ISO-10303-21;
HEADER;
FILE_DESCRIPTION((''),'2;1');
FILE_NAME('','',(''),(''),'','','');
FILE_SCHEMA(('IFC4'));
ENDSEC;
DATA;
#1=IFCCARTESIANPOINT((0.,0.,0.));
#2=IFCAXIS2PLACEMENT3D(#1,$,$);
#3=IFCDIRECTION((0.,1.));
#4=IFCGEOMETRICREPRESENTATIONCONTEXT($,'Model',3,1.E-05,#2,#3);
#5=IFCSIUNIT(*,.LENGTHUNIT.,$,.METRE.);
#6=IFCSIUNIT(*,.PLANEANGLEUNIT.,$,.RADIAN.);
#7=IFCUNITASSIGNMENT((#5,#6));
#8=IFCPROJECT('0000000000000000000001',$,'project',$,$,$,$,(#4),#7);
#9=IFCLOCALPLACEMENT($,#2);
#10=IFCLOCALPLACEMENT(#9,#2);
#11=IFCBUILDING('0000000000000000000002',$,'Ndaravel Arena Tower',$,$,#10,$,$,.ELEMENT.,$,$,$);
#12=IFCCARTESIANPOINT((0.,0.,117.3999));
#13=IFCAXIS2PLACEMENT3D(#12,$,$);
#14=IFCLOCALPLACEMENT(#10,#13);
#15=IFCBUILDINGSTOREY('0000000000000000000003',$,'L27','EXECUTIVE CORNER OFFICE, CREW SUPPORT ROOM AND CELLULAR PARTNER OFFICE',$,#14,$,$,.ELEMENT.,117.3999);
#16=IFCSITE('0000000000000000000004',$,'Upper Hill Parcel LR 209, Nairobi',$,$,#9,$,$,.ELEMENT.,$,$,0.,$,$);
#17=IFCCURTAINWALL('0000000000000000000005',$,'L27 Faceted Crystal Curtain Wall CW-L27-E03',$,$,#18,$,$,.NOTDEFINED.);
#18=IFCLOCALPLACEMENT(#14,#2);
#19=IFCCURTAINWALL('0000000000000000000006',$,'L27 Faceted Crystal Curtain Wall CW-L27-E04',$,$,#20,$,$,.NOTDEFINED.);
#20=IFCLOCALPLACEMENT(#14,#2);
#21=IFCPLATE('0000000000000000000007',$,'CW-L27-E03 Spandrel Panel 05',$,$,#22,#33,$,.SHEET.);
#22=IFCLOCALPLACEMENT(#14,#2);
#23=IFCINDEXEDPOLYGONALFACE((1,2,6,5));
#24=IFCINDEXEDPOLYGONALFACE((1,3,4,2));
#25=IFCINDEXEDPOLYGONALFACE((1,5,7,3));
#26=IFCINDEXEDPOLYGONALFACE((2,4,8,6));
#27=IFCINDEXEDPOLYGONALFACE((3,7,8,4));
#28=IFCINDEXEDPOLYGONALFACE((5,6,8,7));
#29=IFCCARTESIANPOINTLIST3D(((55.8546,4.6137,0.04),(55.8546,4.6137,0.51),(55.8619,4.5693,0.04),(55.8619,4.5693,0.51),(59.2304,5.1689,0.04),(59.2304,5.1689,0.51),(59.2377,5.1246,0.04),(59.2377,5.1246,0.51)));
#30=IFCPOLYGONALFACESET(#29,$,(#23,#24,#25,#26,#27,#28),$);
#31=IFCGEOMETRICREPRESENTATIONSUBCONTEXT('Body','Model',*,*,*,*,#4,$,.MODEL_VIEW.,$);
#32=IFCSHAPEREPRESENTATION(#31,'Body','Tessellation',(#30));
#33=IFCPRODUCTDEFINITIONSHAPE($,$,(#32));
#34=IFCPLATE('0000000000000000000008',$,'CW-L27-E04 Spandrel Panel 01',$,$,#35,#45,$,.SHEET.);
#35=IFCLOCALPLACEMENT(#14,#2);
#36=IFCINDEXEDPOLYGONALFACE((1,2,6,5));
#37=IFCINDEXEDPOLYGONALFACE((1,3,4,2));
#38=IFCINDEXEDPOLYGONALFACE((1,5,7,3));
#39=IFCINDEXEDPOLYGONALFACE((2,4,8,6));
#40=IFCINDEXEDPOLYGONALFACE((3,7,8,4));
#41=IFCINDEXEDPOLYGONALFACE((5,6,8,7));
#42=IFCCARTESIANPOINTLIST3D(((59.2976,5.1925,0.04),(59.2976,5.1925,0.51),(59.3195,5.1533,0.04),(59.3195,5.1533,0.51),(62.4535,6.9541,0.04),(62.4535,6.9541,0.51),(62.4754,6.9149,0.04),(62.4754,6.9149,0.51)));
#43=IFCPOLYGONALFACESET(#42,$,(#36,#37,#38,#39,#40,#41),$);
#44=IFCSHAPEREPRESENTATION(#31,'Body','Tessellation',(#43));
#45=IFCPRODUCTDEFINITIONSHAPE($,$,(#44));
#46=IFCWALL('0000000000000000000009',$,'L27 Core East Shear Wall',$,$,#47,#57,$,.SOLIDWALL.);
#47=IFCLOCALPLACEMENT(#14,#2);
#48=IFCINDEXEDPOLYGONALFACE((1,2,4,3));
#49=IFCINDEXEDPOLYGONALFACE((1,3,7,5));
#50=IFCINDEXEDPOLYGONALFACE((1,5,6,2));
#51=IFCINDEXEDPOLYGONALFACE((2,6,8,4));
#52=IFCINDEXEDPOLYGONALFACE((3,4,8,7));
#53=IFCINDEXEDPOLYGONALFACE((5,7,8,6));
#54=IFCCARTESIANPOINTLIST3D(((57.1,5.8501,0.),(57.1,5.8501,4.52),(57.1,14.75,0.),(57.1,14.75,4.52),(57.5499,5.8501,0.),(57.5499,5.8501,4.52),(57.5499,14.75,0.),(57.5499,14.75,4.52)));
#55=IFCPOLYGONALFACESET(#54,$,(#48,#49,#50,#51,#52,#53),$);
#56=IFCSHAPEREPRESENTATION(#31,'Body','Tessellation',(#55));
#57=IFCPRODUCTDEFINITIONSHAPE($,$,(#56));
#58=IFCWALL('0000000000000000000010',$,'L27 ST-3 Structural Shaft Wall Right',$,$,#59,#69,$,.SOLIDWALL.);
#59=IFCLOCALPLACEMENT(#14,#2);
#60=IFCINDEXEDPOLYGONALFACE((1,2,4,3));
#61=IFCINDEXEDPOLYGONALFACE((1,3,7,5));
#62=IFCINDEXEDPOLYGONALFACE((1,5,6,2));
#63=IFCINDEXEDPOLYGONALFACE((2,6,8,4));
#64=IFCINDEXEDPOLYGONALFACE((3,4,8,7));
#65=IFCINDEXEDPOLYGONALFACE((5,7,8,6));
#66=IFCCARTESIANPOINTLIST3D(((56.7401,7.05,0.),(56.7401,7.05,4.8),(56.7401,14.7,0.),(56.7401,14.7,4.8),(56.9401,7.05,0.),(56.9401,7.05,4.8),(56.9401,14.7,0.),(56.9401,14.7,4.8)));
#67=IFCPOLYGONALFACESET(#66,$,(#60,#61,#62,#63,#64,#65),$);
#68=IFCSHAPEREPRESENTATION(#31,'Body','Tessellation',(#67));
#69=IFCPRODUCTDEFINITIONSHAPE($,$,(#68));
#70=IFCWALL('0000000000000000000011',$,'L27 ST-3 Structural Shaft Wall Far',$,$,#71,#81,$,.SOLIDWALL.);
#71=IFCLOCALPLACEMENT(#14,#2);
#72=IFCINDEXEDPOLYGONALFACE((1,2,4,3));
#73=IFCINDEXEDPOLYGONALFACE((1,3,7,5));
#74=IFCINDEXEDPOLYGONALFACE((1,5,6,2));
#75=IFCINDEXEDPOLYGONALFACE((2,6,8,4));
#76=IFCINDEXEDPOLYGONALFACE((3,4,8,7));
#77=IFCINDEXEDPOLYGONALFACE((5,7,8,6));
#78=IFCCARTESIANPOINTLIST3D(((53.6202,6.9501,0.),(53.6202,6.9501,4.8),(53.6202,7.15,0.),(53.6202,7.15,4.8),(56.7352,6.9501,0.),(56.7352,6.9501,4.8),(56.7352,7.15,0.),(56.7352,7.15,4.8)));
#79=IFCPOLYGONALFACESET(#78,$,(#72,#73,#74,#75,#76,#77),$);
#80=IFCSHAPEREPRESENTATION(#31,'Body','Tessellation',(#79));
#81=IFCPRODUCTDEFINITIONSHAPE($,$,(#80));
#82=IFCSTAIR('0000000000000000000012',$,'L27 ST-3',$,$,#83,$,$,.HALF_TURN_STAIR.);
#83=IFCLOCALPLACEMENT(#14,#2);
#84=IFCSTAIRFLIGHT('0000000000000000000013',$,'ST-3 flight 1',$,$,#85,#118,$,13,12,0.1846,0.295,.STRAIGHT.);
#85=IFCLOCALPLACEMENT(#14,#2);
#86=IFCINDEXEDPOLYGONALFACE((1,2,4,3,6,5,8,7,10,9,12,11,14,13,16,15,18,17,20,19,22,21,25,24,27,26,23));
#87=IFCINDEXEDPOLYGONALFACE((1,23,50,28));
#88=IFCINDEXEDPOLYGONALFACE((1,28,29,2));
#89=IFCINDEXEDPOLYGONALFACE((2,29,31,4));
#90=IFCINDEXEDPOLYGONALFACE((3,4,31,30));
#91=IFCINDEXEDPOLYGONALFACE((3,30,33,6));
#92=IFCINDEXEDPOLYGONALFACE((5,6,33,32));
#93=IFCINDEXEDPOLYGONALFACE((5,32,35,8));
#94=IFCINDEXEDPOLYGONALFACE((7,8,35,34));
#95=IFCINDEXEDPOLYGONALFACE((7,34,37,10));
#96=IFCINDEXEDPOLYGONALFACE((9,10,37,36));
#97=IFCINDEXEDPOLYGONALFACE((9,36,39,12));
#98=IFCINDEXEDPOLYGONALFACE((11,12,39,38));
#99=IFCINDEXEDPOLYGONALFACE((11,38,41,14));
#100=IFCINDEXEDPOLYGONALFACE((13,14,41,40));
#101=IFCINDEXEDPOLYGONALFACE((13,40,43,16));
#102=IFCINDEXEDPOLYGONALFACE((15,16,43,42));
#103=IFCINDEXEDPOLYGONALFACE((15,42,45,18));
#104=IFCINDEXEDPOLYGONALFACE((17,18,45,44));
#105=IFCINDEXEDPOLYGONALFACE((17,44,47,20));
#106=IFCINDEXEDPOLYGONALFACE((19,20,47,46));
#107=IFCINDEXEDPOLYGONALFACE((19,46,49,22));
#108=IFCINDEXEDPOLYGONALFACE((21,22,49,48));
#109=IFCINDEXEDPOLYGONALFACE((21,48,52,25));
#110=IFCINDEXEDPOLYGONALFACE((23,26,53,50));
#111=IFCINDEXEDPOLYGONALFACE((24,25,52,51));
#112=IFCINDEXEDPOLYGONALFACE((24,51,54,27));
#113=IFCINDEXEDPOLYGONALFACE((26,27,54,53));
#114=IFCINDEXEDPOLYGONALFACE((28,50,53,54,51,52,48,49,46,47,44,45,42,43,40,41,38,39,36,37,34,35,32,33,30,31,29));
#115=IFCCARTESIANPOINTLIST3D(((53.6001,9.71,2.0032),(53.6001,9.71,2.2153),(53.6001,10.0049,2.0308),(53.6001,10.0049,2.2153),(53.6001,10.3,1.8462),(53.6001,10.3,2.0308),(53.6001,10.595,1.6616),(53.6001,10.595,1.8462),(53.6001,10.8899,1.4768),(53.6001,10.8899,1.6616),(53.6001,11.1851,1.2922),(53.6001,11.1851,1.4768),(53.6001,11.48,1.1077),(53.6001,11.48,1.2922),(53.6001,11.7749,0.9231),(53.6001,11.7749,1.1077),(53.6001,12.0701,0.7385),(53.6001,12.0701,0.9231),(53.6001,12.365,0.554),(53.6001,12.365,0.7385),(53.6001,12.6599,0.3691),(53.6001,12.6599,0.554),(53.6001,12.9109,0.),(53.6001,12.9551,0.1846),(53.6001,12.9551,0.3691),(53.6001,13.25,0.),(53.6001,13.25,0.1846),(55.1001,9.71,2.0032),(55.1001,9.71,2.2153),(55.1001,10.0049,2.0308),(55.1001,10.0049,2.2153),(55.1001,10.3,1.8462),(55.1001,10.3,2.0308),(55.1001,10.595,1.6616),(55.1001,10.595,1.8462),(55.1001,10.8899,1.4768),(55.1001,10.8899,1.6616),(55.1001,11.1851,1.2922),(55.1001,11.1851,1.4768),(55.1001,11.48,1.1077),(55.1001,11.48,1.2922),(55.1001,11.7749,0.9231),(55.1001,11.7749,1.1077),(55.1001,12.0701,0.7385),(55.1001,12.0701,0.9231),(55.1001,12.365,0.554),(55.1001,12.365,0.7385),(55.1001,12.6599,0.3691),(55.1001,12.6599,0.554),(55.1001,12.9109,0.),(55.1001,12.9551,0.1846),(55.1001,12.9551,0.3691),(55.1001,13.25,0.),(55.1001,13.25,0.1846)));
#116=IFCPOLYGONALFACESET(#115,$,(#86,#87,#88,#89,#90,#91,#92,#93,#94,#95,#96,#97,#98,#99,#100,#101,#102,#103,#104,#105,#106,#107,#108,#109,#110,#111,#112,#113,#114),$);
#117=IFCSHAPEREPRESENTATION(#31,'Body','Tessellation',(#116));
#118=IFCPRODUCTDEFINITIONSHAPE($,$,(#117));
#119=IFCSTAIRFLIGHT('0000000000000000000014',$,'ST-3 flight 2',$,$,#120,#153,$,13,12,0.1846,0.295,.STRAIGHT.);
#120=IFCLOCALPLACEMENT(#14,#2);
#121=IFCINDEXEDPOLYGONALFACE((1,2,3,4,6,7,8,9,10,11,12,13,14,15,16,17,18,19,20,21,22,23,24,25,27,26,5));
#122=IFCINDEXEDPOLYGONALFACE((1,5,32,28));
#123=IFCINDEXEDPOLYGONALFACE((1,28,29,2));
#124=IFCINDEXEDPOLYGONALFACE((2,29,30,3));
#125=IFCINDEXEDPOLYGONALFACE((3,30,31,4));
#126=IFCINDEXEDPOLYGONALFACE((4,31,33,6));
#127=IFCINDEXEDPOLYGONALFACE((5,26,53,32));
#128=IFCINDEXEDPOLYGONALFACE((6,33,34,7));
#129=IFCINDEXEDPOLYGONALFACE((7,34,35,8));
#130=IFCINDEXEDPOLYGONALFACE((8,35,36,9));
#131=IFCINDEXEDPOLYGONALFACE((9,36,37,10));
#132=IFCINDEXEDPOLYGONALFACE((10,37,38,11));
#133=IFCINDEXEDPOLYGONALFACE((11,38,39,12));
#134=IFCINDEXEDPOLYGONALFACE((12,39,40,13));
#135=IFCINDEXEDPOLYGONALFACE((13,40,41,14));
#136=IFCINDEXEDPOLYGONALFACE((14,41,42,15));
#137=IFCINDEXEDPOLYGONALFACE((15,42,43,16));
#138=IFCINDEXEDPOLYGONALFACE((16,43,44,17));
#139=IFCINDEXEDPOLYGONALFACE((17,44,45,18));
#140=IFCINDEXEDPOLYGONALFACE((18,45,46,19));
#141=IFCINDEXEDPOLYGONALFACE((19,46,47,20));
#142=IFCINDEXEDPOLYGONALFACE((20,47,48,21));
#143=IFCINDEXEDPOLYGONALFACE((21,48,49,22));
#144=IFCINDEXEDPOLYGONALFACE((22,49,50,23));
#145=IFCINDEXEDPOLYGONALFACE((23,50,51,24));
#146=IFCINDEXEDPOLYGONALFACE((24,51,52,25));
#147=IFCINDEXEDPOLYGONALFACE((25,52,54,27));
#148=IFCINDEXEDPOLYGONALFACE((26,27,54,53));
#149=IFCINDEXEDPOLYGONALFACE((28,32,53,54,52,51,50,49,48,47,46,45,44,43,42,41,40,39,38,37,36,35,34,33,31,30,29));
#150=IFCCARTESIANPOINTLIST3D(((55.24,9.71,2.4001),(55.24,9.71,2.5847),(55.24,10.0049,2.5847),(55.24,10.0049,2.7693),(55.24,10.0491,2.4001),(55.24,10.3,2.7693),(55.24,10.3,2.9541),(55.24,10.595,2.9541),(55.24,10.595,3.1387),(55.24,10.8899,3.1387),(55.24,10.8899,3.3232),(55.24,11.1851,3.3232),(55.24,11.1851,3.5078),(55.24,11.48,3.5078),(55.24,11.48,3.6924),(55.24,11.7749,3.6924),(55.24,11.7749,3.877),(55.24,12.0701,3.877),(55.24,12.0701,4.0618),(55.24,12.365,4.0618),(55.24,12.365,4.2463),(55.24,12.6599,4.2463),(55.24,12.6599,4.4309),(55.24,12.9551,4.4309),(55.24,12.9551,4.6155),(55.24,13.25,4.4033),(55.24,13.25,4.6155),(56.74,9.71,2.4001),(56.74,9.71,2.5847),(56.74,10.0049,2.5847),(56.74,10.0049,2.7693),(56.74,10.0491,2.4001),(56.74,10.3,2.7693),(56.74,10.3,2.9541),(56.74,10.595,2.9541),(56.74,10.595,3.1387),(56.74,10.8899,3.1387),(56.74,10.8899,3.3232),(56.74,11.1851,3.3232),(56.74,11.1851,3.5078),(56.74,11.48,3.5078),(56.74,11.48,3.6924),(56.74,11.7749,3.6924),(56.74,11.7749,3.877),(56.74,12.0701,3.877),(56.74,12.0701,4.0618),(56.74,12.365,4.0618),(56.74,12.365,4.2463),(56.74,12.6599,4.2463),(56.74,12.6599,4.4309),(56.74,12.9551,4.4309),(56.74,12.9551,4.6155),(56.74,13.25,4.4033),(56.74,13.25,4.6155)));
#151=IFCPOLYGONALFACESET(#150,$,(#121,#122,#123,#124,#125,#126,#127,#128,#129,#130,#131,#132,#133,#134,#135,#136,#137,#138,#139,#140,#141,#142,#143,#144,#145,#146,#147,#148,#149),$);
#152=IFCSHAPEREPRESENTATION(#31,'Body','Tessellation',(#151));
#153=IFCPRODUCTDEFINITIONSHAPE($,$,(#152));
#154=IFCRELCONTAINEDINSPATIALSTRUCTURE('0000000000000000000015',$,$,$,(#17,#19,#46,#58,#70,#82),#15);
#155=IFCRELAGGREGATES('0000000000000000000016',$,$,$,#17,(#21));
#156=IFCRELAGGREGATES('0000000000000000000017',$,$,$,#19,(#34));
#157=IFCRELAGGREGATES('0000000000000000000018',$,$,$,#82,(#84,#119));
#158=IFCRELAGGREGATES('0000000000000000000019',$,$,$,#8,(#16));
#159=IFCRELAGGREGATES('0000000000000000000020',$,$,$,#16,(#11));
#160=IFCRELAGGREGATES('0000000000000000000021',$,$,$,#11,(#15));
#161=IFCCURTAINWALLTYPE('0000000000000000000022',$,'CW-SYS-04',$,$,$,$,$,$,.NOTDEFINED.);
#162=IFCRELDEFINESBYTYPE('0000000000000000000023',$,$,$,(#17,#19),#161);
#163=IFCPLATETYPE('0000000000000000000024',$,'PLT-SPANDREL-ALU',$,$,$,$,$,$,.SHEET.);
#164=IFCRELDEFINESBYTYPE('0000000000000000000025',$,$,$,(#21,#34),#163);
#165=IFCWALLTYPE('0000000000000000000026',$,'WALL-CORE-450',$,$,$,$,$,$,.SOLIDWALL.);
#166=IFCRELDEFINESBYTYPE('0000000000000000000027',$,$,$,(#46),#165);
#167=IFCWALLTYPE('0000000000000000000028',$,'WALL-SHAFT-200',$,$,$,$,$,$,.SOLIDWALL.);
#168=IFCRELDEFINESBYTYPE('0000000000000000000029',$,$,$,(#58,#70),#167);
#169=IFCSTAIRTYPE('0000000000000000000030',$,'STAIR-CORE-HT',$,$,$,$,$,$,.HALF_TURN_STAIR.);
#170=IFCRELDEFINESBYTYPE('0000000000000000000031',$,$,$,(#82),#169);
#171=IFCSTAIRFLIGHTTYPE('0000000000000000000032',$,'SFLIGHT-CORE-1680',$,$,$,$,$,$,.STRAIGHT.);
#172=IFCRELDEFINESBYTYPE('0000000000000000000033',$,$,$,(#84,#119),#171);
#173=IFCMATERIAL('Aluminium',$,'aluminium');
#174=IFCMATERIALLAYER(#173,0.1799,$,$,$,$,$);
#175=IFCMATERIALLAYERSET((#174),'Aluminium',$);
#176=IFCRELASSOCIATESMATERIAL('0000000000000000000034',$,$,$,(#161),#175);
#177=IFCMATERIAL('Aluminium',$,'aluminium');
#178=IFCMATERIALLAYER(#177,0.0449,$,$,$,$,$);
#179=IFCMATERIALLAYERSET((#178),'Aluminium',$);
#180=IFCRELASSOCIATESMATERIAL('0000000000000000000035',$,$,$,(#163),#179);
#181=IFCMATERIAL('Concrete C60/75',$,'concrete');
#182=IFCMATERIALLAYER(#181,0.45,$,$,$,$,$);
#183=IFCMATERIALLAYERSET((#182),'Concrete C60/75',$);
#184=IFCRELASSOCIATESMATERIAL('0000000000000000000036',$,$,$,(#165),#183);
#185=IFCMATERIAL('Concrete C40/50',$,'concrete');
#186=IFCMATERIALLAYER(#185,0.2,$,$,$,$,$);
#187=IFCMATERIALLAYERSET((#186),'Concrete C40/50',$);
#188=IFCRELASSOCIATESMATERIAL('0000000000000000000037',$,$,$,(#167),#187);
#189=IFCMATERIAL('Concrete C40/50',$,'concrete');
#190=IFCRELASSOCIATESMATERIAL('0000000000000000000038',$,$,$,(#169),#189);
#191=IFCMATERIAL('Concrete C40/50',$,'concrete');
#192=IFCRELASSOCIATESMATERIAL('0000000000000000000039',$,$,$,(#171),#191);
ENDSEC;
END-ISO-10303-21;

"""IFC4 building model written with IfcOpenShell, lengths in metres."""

from ifc_helpers import new_model, si_unit, direction, frame, frame_2d, origin, origin_2d, place, context, subcontext, project, spatial, polyline, rectangle, outline, extrude, material, layer, layer_set, type_object, element, aggregate, save


model = new_model("IFC4")

# Units and contexts
model_context = context("Model", 3, precision=1e-05, world=origin(), true_north=direction((0.0, 1.0)))
body_context = subcontext(model_context, "Body", "Model", "MODEL_VIEW")
ifc_project = project(units=[si_unit("LENGTHUNIT", "METRE"), si_unit("PLANEANGLEUNIT", "RADIAN")], contexts=[model_context])

# Site, building, storey
site_placement = place(None, origin())
site = spatial("IfcSite", under=ifc_project, at=site_placement, Name="Upper Hill Parcel LR 209, Nairobi", CompositionType="ELEMENT", RefElevation=0.0)
building_placement = place(site_placement, origin())
building = spatial("IfcBuilding", under=site, at=building_placement, Name="Ndaravel Arena Tower", CompositionType="ELEMENT")
storey_placement = place(building_placement, frame((0.0, 0.0, 117.3999)))
storey = spatial("IfcBuildingStorey", under=building, at=storey_placement, Name="L27", Description="EXECUTIVE CORNER OFFICE, CREW SUPPORT ROOM AND CELLULAR PARTNER OFFICE", CompositionType="ELEMENT", Elevation=117.3999)

# Curtain wall
ifc_material_1 = material(Name="Aluminium", Category="aluminium")
ifc_layer_1 = layer(ifc_material_1, 0.1799)
ifc_layer_set_1 = layer_set([ifc_layer_1], Name="Aluminium")
curtain_wall_type = type_object("IfcCurtainWallType", Name="CW-SYS-04", PredefinedType="NOTDEFINED", material=ifc_layer_set_1)
curtain_wall_1_placement = place(storey_placement, origin())
curtain_wall_1 = element("IfcCurtainWall", 1, at=curtain_wall_1_placement, inside=storey, type_object=curtain_wall_type, Name="L27 Faceted Crystal Curtain Wall CW-L27-E03", PredefinedType="NOTDEFINED")

# Curtain wall
curtain_wall_2_placement = place(storey_placement, origin())
curtain_wall_2 = element("IfcCurtainWall", 2, at=curtain_wall_2_placement, inside=storey, type_object=curtain_wall_type, Name="L27 Faceted Crystal Curtain Wall CW-L27-E04", PredefinedType="NOTDEFINED")

# Plates
ifc_material_2 = material(Name="Aluminium", Category="aluminium")
ifc_layer_2 = layer(ifc_material_2, 0.0449)
ifc_layer_set_2 = layer_set([ifc_layer_2], Name="Aluminium")
plate_type_1 = type_object("IfcPlateType", Name="PLT-SPANDREL-ALU", PredefinedType="SHEET", material=ifc_layer_set_2)
plate_1_placement = place(storey_placement, frame((57.5461, 4.8691, 0.04), z_axis=(0.0, 0.0, 1.0), x_axis=(0.98674, 0.16231, 0.0)))
plate_1 = element("IfcPlate", 3, at=plate_1_placement, type_object=plate_type_1, Name="CW-L27-E03 Spandrel Panel 05", PredefinedType="SHEET", context=body_context, shape_type="SweptSolid", body=[
    extrude(rectangle(XDim=3.4211, YDim=0.0449, at=origin_2d()), origin(), (0.0, 0.0, 1.0), 0.47),
])
aggregate(curtain_wall_1, [plate_1])
plate_2_placement = place(storey_placement, frame((60.8865, 6.0537, 0.04), z_axis=(0.0, 0.0, 1.0), x_axis=(0.873177, 0.487403, 0.0)))
plate_2 = element("IfcPlate", 4, at=plate_2_placement, type_object=plate_type_1, Name="CW-L27-E04 Spandrel Panel 01", PredefinedType="SHEET", context=body_context, shape_type="SweptSolid", body=[
    extrude(rectangle(XDim=3.6143, YDim=0.0449, at=origin_2d()), origin(), (0.0, 0.0, 1.0), 0.47),
])
aggregate(curtain_wall_2, [plate_2])

# Walls
ifc_material_3 = material(Name="Concrete C60/75", Category="concrete")
ifc_layer_3 = layer(ifc_material_3, 0.45)
ifc_layer_set_3 = layer_set([ifc_layer_3], Name="Concrete C60/75")
wall_type_1 = type_object("IfcWallType", Name="WALL-CORE-450", PredefinedType="SOLIDWALL", material=ifc_layer_set_3)
wall_1_placement = place(storey_placement, frame((57.325, 5.8501, 0.0), z_axis=(0.0, 0.0, 1.0), x_axis=(0.0, 1.0, 0.0)))
element("IfcWall", 5, at=wall_1_placement, inside=storey, type_object=wall_type_1, Name="L27 Core East Shear Wall", PredefinedType="SOLIDWALL", context=body_context, shape_type="SweptSolid", body=[
    extrude(rectangle(XDim=8.8999, YDim=0.45, at=frame_2d((4.45, 0.0))), origin(), (0.0, 0.0, 1.0), 4.52),
])
ifc_material_4 = material(Name="Concrete C40/50", Category="concrete")
ifc_layer_4 = layer(ifc_material_4, 0.2)
ifc_layer_set_4 = layer_set([ifc_layer_4], Name="Concrete C40/50")
wall_type_2 = type_object("IfcWallType", Name="WALL-SHAFT-200", PredefinedType="SOLIDWALL", material=ifc_layer_set_4)
wall_2_placement = place(storey_placement, frame((56.8401, 14.7, 0.0), z_axis=(0.0, 0.0, 1.0), x_axis=(0.0, -1.0, 0.0)))
element("IfcWall", 6, at=wall_2_placement, inside=storey, type_object=wall_type_2, Name="L27 ST-3 Structural Shaft Wall Right", PredefinedType="SOLIDWALL", context=body_context, shape_type="SweptSolid", body=[
    extrude(rectangle(XDim=7.6499, YDim=0.2, at=frame_2d((3.825, 0.0))), origin(), (0.0, 0.0, 1.0), 4.8),
])
wall_3_placement = place(storey_placement, frame((53.6201, 7.05, 0.0), z_axis=(0.0, 0.0, 1.0), x_axis=(1.0, 0.0, 0.0)))
element("IfcWall", 7, at=wall_3_placement, inside=storey, type_object=wall_type_2, Name="L27 ST-3 Structural Shaft Wall Far", PredefinedType="SOLIDWALL", context=body_context, shape_type="SweptSolid", body=[
    extrude(rectangle(XDim=3.115, YDim=0.2, at=frame_2d((1.5576, 0.0))), origin(), (0.0, 0.0, 1.0), 4.8),
])

# Stair, stair flights
ifc_material_5 = material(Name="Concrete C40/50", Category="concrete")
stair_type = type_object("IfcStairType", Name="STAIR-CORE-HT", PredefinedType="HALF_TURN_STAIR", material=ifc_material_5)
stair_placement = place(storey_placement, origin())
stair = element("IfcStair", 8, at=stair_placement, inside=storey, type_object=stair_type, Name="L27 ST-3", PredefinedType="HALF_TURN_STAIR")
ifc_material_6 = material(Name="Concrete C40/50", Category="concrete")
stair_flight_type = type_object("IfcStairFlightType", Name="SFLIGHT-CORE-1680", PredefinedType="STRAIGHT", material=ifc_material_6)
stair_flight_1_placement = place(storey_placement, frame((54.3501, 13.25, 0.0), z_axis=(0.0, 0.0, 1.0), x_axis=(0.0, -1.0, 0.0)))
stair_flight_1 = element("IfcStairFlight", 9, at=stair_flight_1_placement, type_object=stair_flight_type, Name="ST-3 flight 1", NumberOfRisers=13, NumberOfTreads=12, PredefinedType="STRAIGHT", RiserHeight=0.1846, TreadLength=0.295, context=body_context, shape_type="SweptSolid", body=[
    extrude(outline(polyline([(0.0, 0.0), (0.0, 0.1846), (0.2949, 0.1846), (0.2949, 0.3691), (0.5901, 0.3691), (0.5901, 0.554), (0.885, 0.554), (0.885, 0.7385), (1.1799, 0.7385), (1.1799, 0.9231), (1.4751, 0.9231), (1.4751, 1.1077), (1.77, 1.1077), (1.77, 1.2922), (2.0649, 1.2922), (2.0649, 1.4768), (2.3601, 1.4768), (2.3601, 1.6616), (2.655, 1.6616), (2.655, 1.8462), (2.95, 1.8462), (2.95, 2.0308), (3.2451, 2.0308), (3.2451, 2.2153), (3.54, 2.2153), (3.54, 2.3999), (3.54, 2.0032), (0.3391, 0.0), (0.0, 0.0)])), frame((0.0, 0.75, 0.0), z_axis=(0.0, -1.0, 0.0), x_axis=(1.0, 0.0, 0.0)), (0.0, 0.0, 1.0), 1.5),
])
stair_flight_2_placement = place(storey_placement, frame((55.99, 9.71, 2.4001), z_axis=(0.0, 0.0, 1.0), x_axis=(0.0, 1.0, 0.0)))
stair_flight_2 = element("IfcStairFlight", 10, at=stair_flight_2_placement, type_object=stair_flight_type, Name="ST-3 flight 2", NumberOfRisers=13, NumberOfTreads=12, PredefinedType="STRAIGHT", RiserHeight=0.1846, TreadLength=0.295, context=body_context, shape_type="SweptSolid", body=[
    extrude(outline(polyline([(0.0, 0.0), (0.0, 0.1846), (0.2949, 0.1846), (0.2949, 0.3691), (0.5901, 0.3691), (0.5901, 0.554), (0.885, 0.554), (0.885, 0.7385), (1.1799, 0.7385), (1.1799, 0.9231), (1.4751, 0.9231), (1.4751, 1.1077), (1.77, 1.1077), (1.77, 1.2922), (2.0649, 1.2922), (2.0649, 1.4768), (2.3601, 1.4768), (2.3601, 1.6616), (2.655, 1.6616), (2.655, 1.8462), (2.95, 1.8462), (2.95, 2.0308), (3.2451, 2.0308), (3.2451, 2.2153), (3.54, 2.2153), (3.54, 2.3999), (3.54, 2.0032), (0.3391, 0.0), (0.0, 0.0)])), frame((0.0, 0.75, 0.0), z_axis=(0.0, -1.0, 0.0), x_axis=(1.0, 0.0, 0.0)), (0.0, 0.0, 1.0), 1.5),
])
aggregate(stair, [stair_flight_1, stair_flight_2])

save(model, "model.ifc")
